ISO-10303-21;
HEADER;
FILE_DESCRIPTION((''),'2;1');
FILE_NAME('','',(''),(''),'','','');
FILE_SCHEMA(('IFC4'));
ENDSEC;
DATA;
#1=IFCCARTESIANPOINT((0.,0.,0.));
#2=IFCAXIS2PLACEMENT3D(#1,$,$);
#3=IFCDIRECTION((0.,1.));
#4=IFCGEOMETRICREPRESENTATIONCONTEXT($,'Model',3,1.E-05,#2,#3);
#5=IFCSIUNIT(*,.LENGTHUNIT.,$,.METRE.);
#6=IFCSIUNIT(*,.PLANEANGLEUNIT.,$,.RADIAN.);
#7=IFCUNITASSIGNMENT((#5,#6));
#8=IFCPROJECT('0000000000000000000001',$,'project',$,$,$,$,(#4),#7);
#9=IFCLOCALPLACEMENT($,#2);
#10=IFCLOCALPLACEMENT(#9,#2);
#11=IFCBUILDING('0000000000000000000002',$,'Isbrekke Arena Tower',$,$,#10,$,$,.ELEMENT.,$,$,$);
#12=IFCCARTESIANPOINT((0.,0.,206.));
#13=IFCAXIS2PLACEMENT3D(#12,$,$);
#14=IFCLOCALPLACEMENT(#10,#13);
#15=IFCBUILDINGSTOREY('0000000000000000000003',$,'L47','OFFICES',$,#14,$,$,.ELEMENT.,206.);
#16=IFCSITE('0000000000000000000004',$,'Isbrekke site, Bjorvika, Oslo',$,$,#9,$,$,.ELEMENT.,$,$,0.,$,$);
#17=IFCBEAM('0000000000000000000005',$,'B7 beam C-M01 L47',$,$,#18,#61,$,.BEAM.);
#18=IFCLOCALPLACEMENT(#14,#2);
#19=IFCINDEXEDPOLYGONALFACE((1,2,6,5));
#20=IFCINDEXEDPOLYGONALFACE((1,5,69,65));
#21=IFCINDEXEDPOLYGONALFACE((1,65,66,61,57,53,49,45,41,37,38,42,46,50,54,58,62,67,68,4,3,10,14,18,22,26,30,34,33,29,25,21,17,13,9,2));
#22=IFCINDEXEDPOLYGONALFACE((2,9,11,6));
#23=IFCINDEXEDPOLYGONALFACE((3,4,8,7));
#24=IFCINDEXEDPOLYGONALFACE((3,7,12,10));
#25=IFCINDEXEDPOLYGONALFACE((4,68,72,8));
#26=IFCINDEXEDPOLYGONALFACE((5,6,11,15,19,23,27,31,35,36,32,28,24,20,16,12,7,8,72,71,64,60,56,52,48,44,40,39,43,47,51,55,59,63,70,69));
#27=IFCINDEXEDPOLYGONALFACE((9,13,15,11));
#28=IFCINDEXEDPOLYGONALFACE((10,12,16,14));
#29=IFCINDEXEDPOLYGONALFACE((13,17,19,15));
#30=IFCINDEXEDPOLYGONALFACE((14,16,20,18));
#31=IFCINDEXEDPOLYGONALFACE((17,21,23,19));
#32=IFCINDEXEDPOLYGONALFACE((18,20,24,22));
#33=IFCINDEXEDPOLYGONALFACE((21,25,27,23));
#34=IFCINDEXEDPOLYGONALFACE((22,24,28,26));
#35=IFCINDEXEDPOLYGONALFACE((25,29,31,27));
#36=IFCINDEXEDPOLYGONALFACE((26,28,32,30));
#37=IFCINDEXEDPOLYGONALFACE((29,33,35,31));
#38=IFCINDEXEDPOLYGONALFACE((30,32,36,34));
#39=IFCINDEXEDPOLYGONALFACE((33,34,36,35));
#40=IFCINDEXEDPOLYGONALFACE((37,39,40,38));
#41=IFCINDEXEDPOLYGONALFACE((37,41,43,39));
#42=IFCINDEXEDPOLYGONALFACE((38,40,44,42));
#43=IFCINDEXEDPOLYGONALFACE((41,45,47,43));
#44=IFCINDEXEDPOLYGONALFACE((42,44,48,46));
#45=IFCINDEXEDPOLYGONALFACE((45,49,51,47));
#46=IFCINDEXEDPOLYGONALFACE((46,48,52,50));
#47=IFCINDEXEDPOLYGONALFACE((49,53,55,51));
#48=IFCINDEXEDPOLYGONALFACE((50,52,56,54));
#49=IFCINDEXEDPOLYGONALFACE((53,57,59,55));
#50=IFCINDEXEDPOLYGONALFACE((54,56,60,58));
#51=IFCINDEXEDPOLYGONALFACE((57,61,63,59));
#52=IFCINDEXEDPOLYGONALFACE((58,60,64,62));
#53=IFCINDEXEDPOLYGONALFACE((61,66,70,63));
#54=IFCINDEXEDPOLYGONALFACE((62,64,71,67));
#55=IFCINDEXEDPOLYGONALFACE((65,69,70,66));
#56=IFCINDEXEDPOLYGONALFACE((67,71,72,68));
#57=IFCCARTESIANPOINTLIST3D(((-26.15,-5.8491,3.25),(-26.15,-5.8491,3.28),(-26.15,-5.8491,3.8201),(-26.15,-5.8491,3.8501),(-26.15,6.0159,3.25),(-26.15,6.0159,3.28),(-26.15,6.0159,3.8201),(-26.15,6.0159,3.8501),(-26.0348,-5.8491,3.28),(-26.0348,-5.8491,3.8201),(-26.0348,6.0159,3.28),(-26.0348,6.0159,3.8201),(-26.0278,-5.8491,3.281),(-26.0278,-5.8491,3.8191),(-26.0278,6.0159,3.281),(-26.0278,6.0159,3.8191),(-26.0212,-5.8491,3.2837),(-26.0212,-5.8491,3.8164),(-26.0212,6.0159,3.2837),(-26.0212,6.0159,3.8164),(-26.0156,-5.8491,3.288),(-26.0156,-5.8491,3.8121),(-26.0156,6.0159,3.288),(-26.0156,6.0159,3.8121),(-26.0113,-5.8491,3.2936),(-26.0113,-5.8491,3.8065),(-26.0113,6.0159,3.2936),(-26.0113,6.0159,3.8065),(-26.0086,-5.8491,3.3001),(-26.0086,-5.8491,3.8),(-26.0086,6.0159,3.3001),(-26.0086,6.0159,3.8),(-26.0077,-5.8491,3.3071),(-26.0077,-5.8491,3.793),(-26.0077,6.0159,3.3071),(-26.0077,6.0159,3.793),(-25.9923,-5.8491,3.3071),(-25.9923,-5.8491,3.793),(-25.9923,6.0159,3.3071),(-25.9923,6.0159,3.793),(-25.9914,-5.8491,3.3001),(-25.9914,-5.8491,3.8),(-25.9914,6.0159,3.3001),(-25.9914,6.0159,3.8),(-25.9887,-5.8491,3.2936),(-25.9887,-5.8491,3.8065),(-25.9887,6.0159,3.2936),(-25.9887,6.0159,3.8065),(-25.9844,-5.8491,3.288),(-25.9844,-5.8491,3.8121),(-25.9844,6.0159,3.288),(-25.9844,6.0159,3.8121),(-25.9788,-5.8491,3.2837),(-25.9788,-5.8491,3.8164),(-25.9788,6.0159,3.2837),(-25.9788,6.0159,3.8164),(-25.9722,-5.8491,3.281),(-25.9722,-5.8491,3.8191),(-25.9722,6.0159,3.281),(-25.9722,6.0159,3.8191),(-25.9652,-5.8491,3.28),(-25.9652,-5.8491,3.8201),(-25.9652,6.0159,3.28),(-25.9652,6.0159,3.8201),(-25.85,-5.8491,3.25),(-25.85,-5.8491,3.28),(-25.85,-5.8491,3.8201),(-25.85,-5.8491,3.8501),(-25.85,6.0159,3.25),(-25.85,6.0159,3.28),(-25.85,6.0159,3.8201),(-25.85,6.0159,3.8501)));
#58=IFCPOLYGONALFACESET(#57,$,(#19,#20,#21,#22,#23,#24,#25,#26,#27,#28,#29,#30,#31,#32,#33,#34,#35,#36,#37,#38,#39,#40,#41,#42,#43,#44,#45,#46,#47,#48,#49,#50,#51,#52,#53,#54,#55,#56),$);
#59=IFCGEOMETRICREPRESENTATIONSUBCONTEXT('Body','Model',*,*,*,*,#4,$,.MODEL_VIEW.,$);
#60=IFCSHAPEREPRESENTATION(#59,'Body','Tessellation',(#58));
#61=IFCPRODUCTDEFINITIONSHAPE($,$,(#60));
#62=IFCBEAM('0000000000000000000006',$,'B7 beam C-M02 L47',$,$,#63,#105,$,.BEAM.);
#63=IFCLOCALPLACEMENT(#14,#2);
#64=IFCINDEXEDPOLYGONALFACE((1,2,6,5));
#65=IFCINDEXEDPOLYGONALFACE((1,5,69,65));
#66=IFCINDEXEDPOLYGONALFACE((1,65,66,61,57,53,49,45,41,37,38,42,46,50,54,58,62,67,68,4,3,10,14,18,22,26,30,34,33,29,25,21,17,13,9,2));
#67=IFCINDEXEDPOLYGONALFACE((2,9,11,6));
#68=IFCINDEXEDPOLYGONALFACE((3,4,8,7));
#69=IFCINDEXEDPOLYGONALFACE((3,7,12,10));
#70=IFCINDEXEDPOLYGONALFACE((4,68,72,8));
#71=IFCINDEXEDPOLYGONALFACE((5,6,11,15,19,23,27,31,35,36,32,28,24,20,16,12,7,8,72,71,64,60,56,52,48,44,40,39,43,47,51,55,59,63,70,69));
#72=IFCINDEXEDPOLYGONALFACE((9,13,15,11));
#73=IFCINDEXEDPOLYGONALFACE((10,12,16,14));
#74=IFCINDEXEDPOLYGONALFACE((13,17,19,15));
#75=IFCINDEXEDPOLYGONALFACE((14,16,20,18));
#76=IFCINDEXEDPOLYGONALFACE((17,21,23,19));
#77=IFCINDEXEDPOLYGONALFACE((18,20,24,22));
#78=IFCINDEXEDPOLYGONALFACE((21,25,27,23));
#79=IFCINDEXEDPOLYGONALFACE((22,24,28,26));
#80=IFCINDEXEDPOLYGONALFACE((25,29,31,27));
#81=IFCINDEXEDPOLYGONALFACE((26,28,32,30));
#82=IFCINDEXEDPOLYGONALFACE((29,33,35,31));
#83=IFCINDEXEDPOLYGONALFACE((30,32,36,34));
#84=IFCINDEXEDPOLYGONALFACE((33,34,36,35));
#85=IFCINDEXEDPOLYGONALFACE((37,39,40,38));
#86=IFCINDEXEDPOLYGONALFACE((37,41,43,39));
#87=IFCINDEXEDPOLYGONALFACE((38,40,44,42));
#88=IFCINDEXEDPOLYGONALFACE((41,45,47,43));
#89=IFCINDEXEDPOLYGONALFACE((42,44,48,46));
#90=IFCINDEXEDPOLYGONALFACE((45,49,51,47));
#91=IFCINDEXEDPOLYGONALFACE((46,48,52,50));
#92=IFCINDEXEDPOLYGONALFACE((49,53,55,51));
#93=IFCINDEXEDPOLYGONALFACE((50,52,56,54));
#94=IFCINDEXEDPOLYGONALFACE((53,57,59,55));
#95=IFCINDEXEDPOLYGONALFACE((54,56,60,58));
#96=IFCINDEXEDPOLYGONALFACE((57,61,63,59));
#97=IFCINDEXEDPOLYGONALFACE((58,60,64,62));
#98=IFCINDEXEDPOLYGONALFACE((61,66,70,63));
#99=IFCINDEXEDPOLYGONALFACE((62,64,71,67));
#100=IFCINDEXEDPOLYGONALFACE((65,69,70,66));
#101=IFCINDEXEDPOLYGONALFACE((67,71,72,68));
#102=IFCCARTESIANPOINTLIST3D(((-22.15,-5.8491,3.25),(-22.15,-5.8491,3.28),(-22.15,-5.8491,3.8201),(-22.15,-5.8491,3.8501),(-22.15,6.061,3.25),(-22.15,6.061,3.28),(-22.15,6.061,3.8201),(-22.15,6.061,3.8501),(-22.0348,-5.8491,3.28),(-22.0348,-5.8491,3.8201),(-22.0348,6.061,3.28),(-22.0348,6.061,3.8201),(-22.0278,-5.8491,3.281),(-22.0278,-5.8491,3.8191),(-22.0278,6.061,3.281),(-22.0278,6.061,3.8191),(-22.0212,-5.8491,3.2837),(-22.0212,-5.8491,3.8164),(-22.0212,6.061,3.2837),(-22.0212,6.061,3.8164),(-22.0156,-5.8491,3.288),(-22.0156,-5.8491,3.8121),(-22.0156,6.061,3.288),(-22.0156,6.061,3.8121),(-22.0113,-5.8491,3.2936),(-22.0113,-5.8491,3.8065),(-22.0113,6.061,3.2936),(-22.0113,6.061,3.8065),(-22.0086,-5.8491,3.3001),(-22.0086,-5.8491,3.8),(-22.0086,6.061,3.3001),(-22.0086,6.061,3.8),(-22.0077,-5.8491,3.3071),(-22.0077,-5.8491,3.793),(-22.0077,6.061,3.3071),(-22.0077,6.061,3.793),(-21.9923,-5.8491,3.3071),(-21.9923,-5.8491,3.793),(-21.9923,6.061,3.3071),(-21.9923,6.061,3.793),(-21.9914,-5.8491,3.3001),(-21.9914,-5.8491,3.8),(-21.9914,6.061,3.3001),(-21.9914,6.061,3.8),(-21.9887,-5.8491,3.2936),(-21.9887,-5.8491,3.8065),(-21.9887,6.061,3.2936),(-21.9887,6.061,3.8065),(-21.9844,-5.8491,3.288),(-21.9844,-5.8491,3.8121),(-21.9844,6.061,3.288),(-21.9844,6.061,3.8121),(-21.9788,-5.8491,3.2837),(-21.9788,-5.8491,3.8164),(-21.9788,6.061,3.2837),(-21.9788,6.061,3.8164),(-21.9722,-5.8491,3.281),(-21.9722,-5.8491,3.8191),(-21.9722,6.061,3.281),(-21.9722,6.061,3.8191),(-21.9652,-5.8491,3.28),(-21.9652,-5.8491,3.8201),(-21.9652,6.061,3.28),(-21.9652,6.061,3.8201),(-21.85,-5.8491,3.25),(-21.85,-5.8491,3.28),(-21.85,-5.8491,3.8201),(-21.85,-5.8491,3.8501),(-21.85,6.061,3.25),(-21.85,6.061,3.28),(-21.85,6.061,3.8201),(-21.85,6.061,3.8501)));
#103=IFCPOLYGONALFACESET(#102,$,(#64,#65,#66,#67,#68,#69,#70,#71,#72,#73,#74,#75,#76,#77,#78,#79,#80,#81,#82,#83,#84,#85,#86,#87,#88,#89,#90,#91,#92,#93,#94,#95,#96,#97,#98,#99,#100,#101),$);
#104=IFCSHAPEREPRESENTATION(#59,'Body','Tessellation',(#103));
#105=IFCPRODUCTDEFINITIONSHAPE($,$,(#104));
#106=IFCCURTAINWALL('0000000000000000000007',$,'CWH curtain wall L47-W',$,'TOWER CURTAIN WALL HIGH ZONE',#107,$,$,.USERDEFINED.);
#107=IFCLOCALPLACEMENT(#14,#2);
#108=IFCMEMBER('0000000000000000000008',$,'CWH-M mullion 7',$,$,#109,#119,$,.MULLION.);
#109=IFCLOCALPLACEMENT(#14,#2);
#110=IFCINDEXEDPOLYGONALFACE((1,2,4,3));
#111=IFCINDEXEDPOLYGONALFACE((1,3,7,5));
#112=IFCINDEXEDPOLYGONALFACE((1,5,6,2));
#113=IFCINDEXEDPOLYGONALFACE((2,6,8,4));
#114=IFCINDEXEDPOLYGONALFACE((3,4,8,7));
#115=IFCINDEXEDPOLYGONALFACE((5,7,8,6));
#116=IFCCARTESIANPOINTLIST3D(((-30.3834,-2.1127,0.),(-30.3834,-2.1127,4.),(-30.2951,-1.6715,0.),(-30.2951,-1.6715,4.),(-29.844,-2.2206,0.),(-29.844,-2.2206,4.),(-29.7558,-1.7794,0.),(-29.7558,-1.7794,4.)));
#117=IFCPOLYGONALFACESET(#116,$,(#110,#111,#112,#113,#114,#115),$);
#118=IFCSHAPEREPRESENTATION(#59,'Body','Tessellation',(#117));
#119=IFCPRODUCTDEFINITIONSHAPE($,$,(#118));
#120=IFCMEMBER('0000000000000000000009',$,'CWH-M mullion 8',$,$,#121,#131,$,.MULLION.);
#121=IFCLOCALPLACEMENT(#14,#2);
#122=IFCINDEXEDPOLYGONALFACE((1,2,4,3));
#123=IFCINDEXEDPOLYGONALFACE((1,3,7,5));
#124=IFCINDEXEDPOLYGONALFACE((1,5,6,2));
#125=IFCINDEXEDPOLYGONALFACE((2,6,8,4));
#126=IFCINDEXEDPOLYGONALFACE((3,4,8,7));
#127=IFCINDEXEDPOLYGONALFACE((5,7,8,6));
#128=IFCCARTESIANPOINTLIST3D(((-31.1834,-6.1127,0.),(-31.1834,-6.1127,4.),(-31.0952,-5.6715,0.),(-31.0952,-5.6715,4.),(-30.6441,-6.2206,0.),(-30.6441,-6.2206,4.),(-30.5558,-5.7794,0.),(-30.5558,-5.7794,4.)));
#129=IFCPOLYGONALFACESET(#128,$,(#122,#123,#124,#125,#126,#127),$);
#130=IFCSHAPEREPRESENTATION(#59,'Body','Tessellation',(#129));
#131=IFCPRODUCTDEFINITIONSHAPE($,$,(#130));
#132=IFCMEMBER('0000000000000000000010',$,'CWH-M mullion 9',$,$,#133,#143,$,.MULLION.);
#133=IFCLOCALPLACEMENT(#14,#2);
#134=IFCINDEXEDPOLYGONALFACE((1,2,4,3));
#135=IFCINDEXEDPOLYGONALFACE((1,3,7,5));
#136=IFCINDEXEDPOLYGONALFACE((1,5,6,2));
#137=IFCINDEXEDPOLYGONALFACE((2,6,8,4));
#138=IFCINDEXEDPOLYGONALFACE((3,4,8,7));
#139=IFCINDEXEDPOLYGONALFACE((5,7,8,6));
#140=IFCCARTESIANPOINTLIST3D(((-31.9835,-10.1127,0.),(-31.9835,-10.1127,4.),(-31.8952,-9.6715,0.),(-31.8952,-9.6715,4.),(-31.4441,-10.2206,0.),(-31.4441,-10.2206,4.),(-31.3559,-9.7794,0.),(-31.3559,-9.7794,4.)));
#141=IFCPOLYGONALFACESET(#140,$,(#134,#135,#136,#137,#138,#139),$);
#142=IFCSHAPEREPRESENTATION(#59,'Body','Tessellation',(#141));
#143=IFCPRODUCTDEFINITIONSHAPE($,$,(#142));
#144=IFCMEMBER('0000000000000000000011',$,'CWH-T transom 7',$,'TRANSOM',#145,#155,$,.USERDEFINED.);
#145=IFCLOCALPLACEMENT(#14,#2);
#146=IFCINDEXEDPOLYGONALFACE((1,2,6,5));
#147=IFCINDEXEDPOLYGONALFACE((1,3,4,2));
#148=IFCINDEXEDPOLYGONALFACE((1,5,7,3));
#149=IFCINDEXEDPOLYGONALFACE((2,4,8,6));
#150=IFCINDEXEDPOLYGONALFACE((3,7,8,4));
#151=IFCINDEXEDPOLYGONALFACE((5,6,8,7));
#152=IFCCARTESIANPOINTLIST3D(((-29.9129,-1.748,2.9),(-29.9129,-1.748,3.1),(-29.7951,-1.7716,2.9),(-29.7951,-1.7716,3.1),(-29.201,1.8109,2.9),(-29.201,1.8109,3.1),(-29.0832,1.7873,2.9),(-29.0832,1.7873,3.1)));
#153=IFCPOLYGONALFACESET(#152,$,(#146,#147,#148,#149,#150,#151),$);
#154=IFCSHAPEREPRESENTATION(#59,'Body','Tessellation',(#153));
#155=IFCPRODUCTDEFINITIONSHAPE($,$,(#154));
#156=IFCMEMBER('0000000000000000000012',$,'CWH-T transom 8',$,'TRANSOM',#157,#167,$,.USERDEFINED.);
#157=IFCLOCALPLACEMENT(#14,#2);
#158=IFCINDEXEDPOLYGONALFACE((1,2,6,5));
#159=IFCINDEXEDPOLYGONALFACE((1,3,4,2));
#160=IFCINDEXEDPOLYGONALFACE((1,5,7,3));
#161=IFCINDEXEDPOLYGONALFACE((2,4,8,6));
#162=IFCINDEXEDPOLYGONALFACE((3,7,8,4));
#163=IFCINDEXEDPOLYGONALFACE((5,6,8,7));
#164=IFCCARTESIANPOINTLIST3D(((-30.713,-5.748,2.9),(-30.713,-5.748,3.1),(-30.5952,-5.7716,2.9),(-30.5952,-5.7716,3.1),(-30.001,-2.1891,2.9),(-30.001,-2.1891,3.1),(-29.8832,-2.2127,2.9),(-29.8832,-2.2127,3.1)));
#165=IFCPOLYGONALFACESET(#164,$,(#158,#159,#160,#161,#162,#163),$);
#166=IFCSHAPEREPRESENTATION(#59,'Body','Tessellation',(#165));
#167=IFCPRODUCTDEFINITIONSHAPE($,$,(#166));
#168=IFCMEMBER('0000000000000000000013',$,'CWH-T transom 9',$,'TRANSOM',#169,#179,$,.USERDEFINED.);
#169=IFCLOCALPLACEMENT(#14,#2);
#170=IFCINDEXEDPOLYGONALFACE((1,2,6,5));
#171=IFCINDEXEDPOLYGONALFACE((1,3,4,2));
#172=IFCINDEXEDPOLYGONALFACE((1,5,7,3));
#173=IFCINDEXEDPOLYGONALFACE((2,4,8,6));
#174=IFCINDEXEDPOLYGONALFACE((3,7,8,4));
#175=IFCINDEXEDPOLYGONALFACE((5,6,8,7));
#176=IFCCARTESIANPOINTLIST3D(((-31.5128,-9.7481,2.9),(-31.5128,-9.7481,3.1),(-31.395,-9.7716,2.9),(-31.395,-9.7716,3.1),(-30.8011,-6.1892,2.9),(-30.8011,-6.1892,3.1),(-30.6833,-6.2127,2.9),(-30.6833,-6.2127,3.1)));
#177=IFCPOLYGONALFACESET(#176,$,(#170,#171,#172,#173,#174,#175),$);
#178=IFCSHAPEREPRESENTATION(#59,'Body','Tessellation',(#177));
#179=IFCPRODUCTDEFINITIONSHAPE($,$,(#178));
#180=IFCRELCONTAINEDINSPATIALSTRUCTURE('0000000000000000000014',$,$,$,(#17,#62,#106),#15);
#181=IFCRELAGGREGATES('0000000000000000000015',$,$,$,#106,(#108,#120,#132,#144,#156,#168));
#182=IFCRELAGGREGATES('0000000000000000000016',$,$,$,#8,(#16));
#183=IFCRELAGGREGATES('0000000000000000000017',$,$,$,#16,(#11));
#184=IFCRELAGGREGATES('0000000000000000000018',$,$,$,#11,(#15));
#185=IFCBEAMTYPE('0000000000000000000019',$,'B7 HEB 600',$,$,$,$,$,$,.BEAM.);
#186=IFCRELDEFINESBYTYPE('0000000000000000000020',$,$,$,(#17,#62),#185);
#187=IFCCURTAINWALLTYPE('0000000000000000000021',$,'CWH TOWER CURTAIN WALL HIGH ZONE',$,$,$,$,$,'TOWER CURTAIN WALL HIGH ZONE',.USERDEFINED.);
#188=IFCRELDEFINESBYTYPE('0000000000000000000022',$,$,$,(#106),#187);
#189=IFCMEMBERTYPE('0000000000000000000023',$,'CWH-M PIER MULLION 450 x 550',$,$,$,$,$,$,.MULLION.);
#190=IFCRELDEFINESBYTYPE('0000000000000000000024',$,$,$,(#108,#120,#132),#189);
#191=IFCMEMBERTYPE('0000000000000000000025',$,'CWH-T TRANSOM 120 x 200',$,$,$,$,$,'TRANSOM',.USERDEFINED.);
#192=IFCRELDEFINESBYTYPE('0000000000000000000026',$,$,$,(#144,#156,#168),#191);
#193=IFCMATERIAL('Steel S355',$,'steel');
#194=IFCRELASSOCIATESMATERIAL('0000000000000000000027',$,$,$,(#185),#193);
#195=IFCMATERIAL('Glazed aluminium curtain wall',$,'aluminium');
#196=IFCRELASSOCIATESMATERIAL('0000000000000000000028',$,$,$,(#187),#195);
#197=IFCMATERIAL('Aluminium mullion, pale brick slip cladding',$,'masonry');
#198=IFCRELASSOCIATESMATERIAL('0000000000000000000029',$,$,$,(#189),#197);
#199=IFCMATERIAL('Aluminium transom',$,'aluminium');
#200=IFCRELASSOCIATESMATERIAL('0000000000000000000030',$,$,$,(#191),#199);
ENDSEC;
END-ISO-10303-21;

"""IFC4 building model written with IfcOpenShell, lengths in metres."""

from ifc_helpers import new_model, si_unit, direction, frame, origin, origin_2d, place, context, subcontext, project, spatial, rectangle, i_section, extrude, material, material_profile, profile_set, type_object, element, aggregate, save


model = new_model("IFC4")

# Units and contexts
model_context = context("Model", 3, precision=1e-05, world=origin(), true_north=direction((0.0, 1.0)))
body_context = subcontext(model_context, "Body", "Model", "MODEL_VIEW")
ifc_project = project(units=[si_unit("LENGTHUNIT", "METRE"), si_unit("PLANEANGLEUNIT", "RADIAN")], contexts=[model_context])

# Site, building, storey
site_placement = place(None, origin())
site = spatial("IfcSite", under=ifc_project, at=site_placement, Name="Isbrekke site, Bjorvika, Oslo", CompositionType="ELEMENT", RefElevation=0.0)
building_placement = place(site_placement, origin())
building = spatial("IfcBuilding", under=site, at=building_placement, Name="Isbrekke Arena Tower", CompositionType="ELEMENT")
storey_placement = place(building_placement, frame((0.0, 0.0, 206.0)))
storey = spatial("IfcBuildingStorey", under=building, at=storey_placement, Name="L47", Description="OFFICES", CompositionType="ELEMENT", Elevation=206.0)

# Beams
ifc_material_1 = material(Name="Steel S355", Category="steel")
ifc_material_profile_1 = material_profile(ifc_material_1, i_section(OverallWidth=0.3, OverallDepth=0.6001, WebThickness=0.0154, FlangeThickness=0.03, FilletRadius=0.0271, at=origin_2d()), Name="HEB 600")
ifc_profile_set_1 = profile_set([ifc_material_profile_1], Name="Steel S355")
beam_type_1 = type_object("IfcBeamType", Name="B7 HEB 600", PredefinedType="BEAM", material=ifc_profile_set_1)
beam_1_placement = place(storey_placement, frame((-26.0, -5.8491, 3.55), z_axis=(0.0, 1.0, 0.0), x_axis=(-1.0, 0.0, 0.0)))
element("IfcBeam", 1, at=beam_1_placement, inside=storey, type_object=beam_type_1, Name="B7 beam C-M01 L47", PredefinedType="BEAM", context=body_context, shape_type="SweptSolid", body=[
    extrude(i_section(OverallWidth=0.3, OverallDepth=0.6001, WebThickness=0.0154, FlangeThickness=0.03, FilletRadius=0.0271, at=origin_2d()), origin(), (0.0, 0.0, 1.0), 11.865),
])
beam_2_placement = place(storey_placement, frame((-22.0, -5.8491, 3.55), z_axis=(0.0, 1.0, 0.0), x_axis=(-1.0, 0.0, 0.0)))
element("IfcBeam", 2, at=beam_2_placement, inside=storey, type_object=beam_type_1, Name="B7 beam C-M02 L47", PredefinedType="BEAM", context=body_context, shape_type="SweptSolid", body=[
    extrude(i_section(OverallWidth=0.3, OverallDepth=0.6001, WebThickness=0.0154, FlangeThickness=0.03, FilletRadius=0.0271, at=origin_2d()), origin(), (0.0, 0.0, 1.0), 11.9102),
])

# Curtain wall, members
ifc_material_2 = material(Name="Glazed aluminium curtain wall", Category="aluminium")
curtain_wall_type = type_object("IfcCurtainWallType", Name="CWH TOWER CURTAIN WALL HIGH ZONE", ElementType="TOWER CURTAIN WALL HIGH ZONE", PredefinedType="USERDEFINED", material=ifc_material_2)
curtain_wall_placement = place(storey_placement, origin())
curtain_wall = element("IfcCurtainWall", 3, at=curtain_wall_placement, inside=storey, type_object=curtain_wall_type, Name="CWH curtain wall L47-W", ObjectType="TOWER CURTAIN WALL HIGH ZONE", PredefinedType="USERDEFINED")
ifc_material_3 = material(Name="Aluminium mullion, pale brick slip cladding", Category="masonry")
ifc_material_profile_2 = material_profile(ifc_material_3, rectangle(XDim=0.45, YDim=0.55, at=origin_2d()), Name="PIER 450X550")
ifc_profile_set_2 = profile_set([ifc_material_profile_2], Name="Aluminium mullion, pale brick slip cladding")
member_type_1 = type_object("IfcMemberType", Name="CWH-M PIER MULLION 450 x 550", PredefinedType="MULLION", material=ifc_profile_set_2)
member_1_placement = place(storey_placement, frame((-30.0696, -1.946, 0.0), z_axis=(0.0, 0.0, 1.0), x_axis=(-0.196116, -0.980581, 0.0)))
member_1 = element("IfcMember", 4, at=member_1_placement, type_object=member_type_1, Name="CWH-M mullion 7", PredefinedType="MULLION", context=body_context, shape_type="SweptSolid", body=[
    extrude(rectangle(XDim=0.45, YDim=0.55, at=origin_2d()), origin(), (0.0, 0.0, 1.0), 4.0),
])
member_2_placement = place(storey_placement, frame((-30.8696, -5.946, 0.0), z_axis=(0.0, 0.0, 1.0), x_axis=(-0.196116, -0.980581, 0.0)))
member_2 = element("IfcMember", 5, at=member_2_placement, type_object=member_type_1, Name="CWH-M mullion 8", PredefinedType="MULLION", context=body_context, shape_type="SweptSolid", body=[
    extrude(rectangle(XDim=0.45, YDim=0.55, at=origin_2d()), origin(), (0.0, 0.0, 1.0), 4.0),
])
member_3_placement = place(storey_placement, frame((-31.6697, -9.946, 0.0), z_axis=(0.0, 0.0, 1.0), x_axis=(-0.196116, -0.980581, 0.0)))
member_3 = element("IfcMember", 6, at=member_3_placement, type_object=member_type_1, Name="CWH-M mullion 9", PredefinedType="MULLION", context=body_context, shape_type="SweptSolid", body=[
    extrude(rectangle(XDim=0.45, YDim=0.55, at=origin_2d()), origin(), (0.0, 0.0, 1.0), 4.0),
])
ifc_material_4 = material(Name="Aluminium transom", Category="aluminium")
ifc_material_profile_3 = material_profile(ifc_material_4, rectangle(XDim=0.1201, YDim=0.2, at=origin_2d()), Name="TRANSOM 120X200")
ifc_profile_set_3 = profile_set([ifc_material_profile_3], Name="Aluminium transom")
member_type_2 = type_object("IfcMemberType", Name="CWH-T TRANSOM 120 x 200", ElementType="TRANSOM", PredefinedType="USERDEFINED", material=ifc_profile_set_3)
member_4_placement = place(storey_placement, frame((-29.1421, 1.7991, 3.0), z_axis=(-0.196155, -0.980573, 0.0), x_axis=(0.980573, -0.196155, 0.0)))
member_4 = element("IfcMember", 7, at=member_4_placement, type_object=member_type_2, Name="CWH-T transom 7", ObjectType="TRANSOM", PredefinedType="USERDEFINED", context=body_context, shape_type="SweptSolid", body=[
    extrude(rectangle(XDim=0.1201, YDim=0.2, at=origin_2d()), origin(), (0.0, 0.0, 1.0), 3.6294),
])
member_5_placement = place(storey_placement, frame((-29.9421, -2.2009, 3.0), z_axis=(-0.196155, -0.980573, 0.0), x_axis=(0.980573, -0.196155, 0.0)))
member_5 = element("IfcMember", 8, at=member_5_placement, type_object=member_type_2, Name="CWH-T transom 8", ObjectType="TRANSOM", PredefinedType="USERDEFINED", context=body_context, shape_type="SweptSolid", body=[
    extrude(rectangle(XDim=0.1201, YDim=0.2, at=origin_2d()), origin(), (0.0, 0.0, 1.0), 3.6294),
])
member_6_placement = place(storey_placement, frame((-30.7422, -6.2009, 3.0), z_axis=(-0.19609, -0.980586, 0.0), x_axis=(0.980586, -0.19609, 0.0)))
member_6 = element("IfcMember", 9, at=member_6_placement, type_object=member_type_2, Name="CWH-T transom 9", ObjectType="TRANSOM", PredefinedType="USERDEFINED", context=body_context, shape_type="SweptSolid", body=[
    extrude(rectangle(XDim=0.1201, YDim=0.2, at=origin_2d()), origin(), (0.0, 0.0, 1.0), 3.6294),
])

aggregate(curtain_wall, [member_1, member_2, member_3, member_4, member_5, member_6])

save(model, "model.ifc")
